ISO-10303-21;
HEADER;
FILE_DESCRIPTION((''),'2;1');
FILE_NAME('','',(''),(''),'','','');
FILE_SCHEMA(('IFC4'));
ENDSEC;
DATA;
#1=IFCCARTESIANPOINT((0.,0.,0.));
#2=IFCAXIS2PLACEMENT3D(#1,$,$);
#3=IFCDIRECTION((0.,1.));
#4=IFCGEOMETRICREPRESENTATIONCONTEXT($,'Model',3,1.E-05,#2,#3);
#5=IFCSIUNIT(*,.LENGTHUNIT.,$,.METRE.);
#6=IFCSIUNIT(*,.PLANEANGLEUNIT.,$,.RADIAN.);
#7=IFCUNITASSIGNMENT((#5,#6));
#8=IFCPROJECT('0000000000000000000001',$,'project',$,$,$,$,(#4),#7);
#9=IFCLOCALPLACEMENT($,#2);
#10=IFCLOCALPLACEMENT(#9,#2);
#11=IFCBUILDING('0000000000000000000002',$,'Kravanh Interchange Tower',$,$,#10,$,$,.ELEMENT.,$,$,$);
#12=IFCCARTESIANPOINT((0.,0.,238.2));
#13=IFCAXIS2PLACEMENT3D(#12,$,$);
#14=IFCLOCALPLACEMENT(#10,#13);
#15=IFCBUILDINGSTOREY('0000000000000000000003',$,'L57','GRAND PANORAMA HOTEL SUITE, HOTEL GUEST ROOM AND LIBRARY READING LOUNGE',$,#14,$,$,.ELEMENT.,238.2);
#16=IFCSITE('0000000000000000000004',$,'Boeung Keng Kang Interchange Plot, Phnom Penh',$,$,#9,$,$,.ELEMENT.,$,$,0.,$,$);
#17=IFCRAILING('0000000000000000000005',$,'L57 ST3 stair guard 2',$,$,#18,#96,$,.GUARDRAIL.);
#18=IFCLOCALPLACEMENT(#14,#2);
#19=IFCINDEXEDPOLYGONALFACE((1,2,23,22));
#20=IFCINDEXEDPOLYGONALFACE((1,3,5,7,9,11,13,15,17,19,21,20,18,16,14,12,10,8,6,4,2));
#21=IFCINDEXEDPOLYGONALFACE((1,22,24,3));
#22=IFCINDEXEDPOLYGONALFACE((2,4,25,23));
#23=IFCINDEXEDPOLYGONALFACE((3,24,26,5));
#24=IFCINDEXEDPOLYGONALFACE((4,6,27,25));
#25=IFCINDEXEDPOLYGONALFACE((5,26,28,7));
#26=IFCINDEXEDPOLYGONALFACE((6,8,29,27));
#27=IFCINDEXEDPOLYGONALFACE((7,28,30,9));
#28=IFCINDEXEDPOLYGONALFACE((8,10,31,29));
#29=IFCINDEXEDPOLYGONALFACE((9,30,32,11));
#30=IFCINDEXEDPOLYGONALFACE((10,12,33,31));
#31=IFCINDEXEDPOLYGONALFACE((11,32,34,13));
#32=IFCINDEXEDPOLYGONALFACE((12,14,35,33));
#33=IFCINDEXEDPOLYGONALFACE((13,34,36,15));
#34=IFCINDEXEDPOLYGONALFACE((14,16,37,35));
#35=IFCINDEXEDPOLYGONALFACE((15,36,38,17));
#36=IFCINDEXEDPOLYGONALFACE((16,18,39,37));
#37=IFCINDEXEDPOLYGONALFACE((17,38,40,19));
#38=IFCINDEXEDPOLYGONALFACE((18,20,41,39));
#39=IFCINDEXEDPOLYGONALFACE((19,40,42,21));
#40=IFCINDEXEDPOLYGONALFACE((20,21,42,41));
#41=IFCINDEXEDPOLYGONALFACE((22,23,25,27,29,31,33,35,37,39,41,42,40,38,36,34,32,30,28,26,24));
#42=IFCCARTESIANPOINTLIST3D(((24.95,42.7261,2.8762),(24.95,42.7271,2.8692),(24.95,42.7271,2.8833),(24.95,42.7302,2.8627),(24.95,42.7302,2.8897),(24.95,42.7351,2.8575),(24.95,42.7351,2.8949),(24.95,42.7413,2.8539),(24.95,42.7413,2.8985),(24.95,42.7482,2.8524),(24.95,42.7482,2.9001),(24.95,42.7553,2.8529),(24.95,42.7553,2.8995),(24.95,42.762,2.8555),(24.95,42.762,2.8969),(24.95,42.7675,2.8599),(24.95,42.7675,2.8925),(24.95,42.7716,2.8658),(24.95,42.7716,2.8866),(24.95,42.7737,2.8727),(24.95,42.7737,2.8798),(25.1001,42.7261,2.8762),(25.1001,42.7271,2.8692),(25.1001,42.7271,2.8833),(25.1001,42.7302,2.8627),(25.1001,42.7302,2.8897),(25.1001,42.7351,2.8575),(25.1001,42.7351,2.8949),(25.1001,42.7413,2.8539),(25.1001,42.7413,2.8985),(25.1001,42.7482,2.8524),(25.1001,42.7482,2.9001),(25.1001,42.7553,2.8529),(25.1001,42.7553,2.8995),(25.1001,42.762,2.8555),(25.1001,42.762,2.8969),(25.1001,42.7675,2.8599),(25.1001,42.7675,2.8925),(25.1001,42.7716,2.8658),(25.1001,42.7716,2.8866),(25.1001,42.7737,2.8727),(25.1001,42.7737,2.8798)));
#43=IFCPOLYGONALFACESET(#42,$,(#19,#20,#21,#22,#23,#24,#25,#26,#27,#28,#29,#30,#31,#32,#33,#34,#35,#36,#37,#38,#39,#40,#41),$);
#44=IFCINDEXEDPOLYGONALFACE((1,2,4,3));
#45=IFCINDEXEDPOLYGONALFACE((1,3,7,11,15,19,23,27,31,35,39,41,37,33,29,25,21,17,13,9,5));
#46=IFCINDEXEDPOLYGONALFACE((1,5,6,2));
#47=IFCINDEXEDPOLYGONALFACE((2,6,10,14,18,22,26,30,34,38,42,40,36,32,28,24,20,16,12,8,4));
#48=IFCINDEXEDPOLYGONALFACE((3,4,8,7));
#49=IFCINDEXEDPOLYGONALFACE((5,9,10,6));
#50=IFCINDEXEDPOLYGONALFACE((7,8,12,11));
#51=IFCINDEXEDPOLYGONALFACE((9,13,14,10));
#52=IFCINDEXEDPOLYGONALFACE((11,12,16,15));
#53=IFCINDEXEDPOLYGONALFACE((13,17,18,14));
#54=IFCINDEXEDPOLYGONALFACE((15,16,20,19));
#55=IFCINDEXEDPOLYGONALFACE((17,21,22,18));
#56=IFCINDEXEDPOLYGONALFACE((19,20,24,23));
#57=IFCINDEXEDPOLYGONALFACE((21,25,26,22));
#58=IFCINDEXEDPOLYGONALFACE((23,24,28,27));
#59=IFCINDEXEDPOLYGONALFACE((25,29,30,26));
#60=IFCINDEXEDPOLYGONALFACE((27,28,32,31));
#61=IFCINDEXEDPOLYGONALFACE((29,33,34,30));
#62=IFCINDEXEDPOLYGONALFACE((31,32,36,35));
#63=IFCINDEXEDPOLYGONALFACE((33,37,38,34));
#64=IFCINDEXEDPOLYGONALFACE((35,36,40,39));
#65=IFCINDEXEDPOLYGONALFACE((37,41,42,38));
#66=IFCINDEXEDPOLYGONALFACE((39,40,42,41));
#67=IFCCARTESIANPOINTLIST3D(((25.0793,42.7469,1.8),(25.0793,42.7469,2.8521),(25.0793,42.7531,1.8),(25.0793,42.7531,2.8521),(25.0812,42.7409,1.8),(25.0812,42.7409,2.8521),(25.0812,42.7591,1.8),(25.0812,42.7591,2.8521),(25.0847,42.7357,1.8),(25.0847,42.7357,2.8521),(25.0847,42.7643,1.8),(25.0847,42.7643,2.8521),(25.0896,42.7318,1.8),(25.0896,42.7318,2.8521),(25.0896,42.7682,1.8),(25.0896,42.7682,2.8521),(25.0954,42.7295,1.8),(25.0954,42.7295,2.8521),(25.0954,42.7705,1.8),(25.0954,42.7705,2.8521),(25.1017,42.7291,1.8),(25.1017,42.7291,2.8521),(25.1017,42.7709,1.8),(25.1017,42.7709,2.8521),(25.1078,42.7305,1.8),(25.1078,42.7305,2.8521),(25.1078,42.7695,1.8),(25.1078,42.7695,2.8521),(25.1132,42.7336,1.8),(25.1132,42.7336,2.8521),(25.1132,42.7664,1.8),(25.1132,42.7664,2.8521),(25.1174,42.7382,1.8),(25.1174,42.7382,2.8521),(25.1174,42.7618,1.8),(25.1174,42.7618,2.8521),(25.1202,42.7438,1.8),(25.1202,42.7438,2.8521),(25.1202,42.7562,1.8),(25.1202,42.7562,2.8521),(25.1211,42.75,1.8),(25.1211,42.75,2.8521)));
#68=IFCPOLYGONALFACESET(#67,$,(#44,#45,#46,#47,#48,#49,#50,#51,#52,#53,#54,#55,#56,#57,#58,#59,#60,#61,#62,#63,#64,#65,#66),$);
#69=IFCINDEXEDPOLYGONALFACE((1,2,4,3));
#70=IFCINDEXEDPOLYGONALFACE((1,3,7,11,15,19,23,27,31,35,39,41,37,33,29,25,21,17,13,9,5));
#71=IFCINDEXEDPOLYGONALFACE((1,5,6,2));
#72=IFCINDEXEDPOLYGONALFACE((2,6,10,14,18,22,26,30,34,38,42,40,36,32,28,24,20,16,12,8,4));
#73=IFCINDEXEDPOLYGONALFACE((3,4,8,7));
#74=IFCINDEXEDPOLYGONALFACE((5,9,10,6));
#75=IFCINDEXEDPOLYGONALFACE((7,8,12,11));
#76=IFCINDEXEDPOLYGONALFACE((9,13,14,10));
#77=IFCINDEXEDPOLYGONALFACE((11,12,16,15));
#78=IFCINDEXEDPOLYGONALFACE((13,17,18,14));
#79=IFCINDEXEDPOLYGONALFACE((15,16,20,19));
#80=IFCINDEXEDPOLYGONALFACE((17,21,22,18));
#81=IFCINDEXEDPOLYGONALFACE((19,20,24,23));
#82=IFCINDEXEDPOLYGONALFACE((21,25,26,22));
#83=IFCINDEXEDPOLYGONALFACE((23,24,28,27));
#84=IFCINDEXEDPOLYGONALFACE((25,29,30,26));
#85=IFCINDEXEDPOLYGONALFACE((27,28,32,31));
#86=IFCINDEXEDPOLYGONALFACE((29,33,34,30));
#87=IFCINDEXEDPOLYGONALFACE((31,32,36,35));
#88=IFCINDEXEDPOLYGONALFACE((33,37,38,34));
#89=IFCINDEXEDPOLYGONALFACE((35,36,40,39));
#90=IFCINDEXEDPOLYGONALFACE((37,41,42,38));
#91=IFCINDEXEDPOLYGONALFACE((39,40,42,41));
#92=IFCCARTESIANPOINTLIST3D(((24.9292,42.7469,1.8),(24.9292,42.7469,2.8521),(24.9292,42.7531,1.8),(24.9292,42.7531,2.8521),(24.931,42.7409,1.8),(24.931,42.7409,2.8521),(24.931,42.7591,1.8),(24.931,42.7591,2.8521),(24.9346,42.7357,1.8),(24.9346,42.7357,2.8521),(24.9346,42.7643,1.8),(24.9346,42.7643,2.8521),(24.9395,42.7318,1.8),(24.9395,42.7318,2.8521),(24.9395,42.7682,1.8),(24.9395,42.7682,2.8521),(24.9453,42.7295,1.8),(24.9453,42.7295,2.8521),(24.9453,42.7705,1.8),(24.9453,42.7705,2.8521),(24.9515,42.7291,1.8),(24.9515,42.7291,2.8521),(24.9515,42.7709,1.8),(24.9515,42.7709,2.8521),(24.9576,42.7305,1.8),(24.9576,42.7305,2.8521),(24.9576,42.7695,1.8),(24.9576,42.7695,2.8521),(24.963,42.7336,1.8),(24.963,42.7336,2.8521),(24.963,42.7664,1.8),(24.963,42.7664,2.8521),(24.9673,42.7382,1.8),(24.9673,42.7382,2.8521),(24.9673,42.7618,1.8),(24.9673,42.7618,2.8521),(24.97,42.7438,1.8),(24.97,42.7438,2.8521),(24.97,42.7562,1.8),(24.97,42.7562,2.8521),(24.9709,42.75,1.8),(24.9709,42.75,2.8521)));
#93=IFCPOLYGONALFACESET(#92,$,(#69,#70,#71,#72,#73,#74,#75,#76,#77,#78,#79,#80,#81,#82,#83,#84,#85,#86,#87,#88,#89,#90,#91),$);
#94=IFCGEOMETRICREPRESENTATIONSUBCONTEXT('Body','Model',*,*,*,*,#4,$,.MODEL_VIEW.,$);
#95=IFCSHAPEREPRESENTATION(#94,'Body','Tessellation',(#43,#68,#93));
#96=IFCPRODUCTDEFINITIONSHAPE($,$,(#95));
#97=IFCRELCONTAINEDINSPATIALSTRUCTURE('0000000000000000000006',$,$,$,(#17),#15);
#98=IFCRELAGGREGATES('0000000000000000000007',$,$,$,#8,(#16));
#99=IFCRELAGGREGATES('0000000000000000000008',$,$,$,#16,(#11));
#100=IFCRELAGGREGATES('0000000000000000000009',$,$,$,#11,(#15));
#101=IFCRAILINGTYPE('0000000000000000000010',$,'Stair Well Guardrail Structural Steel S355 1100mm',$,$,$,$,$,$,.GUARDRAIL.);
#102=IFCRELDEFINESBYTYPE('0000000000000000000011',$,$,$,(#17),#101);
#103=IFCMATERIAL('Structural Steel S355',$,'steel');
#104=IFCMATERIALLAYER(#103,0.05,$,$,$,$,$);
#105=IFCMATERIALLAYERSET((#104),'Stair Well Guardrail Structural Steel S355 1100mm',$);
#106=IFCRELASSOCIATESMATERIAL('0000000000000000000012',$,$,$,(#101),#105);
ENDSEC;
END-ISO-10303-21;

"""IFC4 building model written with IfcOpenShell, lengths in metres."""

from ifc_helpers import new_model, si_unit, direction, frame, origin, origin_2d, place, context, subcontext, project, spatial, circle, extrude, material, layer, layer_set, type_object, element, save


model = new_model("IFC4")

# Units and contexts
model_context = context("Model", 3, precision=1e-05, world=origin(), true_north=direction((0.0, 1.0)))
body_context = subcontext(model_context, "Body", "Model", "MODEL_VIEW")
ifc_project = project(units=[si_unit("LENGTHUNIT", "METRE"), si_unit("PLANEANGLEUNIT", "RADIAN")], contexts=[model_context])

# Site, building, storey
site_placement = place(None, origin())
site = spatial("IfcSite", under=ifc_project, at=site_placement, Name="Boeung Keng Kang Interchange Plot, Phnom Penh", CompositionType="ELEMENT", RefElevation=0.0)
building_placement = place(site_placement, origin())
building = spatial("IfcBuilding", under=site, at=building_placement, Name="Kravanh Interchange Tower", CompositionType="ELEMENT")
storey_placement = place(building_placement, frame((0.0, 0.0, 238.2)))
storey = spatial("IfcBuildingStorey", under=building, at=storey_placement, Name="L57", Description="GRAND PANORAMA HOTEL SUITE, HOTEL GUEST ROOM AND LIBRARY READING LOUNGE", CompositionType="ELEMENT", Elevation=238.2)

# Railing
ifc_material_1 = material(Name="Structural Steel S355", Category="steel")
ifc_layer_1 = layer(ifc_material_1, 0.05)
ifc_layer_set_1 = layer_set([ifc_layer_1], Name="Stair Well Guardrail Structural Steel S355 1100mm")
railing_type_1 = type_object("IfcRailingType", Name="Stair Well Guardrail Structural Steel S355 1100mm", PredefinedType="GUARDRAIL", material=ifc_layer_set_1)
railing_1_placement = place(storey_placement, frame((25.1001, 42.75, 1.8)))
element("IfcRailing", 1, at=railing_1_placement, inside=storey, type_object=railing_type_1, Name="L57 ST3 stair guard 2", PredefinedType="GUARDRAIL", context=body_context, shape_type="SweptSolid", body=[
    extrude(circle(Radius=0.0239, at=origin_2d()), frame((0.0, 0.0, 1.0762), z_axis=(-1.0, 0.0, 0.0), x_axis=(0.0, -1.0, 0.0)), (0.0, 0.0, 1.0), 0.1501),
    extrude(circle(Radius=0.021, at=origin_2d()), origin(), (0.0, 0.0, 1.0), 1.052),
    extrude(circle(Radius=0.021, at=origin_2d()), frame((-0.1501, 0.0, 0.0)), (0.0, 0.0, 1.0), 1.052),
])

save(model, "model.ifc")
